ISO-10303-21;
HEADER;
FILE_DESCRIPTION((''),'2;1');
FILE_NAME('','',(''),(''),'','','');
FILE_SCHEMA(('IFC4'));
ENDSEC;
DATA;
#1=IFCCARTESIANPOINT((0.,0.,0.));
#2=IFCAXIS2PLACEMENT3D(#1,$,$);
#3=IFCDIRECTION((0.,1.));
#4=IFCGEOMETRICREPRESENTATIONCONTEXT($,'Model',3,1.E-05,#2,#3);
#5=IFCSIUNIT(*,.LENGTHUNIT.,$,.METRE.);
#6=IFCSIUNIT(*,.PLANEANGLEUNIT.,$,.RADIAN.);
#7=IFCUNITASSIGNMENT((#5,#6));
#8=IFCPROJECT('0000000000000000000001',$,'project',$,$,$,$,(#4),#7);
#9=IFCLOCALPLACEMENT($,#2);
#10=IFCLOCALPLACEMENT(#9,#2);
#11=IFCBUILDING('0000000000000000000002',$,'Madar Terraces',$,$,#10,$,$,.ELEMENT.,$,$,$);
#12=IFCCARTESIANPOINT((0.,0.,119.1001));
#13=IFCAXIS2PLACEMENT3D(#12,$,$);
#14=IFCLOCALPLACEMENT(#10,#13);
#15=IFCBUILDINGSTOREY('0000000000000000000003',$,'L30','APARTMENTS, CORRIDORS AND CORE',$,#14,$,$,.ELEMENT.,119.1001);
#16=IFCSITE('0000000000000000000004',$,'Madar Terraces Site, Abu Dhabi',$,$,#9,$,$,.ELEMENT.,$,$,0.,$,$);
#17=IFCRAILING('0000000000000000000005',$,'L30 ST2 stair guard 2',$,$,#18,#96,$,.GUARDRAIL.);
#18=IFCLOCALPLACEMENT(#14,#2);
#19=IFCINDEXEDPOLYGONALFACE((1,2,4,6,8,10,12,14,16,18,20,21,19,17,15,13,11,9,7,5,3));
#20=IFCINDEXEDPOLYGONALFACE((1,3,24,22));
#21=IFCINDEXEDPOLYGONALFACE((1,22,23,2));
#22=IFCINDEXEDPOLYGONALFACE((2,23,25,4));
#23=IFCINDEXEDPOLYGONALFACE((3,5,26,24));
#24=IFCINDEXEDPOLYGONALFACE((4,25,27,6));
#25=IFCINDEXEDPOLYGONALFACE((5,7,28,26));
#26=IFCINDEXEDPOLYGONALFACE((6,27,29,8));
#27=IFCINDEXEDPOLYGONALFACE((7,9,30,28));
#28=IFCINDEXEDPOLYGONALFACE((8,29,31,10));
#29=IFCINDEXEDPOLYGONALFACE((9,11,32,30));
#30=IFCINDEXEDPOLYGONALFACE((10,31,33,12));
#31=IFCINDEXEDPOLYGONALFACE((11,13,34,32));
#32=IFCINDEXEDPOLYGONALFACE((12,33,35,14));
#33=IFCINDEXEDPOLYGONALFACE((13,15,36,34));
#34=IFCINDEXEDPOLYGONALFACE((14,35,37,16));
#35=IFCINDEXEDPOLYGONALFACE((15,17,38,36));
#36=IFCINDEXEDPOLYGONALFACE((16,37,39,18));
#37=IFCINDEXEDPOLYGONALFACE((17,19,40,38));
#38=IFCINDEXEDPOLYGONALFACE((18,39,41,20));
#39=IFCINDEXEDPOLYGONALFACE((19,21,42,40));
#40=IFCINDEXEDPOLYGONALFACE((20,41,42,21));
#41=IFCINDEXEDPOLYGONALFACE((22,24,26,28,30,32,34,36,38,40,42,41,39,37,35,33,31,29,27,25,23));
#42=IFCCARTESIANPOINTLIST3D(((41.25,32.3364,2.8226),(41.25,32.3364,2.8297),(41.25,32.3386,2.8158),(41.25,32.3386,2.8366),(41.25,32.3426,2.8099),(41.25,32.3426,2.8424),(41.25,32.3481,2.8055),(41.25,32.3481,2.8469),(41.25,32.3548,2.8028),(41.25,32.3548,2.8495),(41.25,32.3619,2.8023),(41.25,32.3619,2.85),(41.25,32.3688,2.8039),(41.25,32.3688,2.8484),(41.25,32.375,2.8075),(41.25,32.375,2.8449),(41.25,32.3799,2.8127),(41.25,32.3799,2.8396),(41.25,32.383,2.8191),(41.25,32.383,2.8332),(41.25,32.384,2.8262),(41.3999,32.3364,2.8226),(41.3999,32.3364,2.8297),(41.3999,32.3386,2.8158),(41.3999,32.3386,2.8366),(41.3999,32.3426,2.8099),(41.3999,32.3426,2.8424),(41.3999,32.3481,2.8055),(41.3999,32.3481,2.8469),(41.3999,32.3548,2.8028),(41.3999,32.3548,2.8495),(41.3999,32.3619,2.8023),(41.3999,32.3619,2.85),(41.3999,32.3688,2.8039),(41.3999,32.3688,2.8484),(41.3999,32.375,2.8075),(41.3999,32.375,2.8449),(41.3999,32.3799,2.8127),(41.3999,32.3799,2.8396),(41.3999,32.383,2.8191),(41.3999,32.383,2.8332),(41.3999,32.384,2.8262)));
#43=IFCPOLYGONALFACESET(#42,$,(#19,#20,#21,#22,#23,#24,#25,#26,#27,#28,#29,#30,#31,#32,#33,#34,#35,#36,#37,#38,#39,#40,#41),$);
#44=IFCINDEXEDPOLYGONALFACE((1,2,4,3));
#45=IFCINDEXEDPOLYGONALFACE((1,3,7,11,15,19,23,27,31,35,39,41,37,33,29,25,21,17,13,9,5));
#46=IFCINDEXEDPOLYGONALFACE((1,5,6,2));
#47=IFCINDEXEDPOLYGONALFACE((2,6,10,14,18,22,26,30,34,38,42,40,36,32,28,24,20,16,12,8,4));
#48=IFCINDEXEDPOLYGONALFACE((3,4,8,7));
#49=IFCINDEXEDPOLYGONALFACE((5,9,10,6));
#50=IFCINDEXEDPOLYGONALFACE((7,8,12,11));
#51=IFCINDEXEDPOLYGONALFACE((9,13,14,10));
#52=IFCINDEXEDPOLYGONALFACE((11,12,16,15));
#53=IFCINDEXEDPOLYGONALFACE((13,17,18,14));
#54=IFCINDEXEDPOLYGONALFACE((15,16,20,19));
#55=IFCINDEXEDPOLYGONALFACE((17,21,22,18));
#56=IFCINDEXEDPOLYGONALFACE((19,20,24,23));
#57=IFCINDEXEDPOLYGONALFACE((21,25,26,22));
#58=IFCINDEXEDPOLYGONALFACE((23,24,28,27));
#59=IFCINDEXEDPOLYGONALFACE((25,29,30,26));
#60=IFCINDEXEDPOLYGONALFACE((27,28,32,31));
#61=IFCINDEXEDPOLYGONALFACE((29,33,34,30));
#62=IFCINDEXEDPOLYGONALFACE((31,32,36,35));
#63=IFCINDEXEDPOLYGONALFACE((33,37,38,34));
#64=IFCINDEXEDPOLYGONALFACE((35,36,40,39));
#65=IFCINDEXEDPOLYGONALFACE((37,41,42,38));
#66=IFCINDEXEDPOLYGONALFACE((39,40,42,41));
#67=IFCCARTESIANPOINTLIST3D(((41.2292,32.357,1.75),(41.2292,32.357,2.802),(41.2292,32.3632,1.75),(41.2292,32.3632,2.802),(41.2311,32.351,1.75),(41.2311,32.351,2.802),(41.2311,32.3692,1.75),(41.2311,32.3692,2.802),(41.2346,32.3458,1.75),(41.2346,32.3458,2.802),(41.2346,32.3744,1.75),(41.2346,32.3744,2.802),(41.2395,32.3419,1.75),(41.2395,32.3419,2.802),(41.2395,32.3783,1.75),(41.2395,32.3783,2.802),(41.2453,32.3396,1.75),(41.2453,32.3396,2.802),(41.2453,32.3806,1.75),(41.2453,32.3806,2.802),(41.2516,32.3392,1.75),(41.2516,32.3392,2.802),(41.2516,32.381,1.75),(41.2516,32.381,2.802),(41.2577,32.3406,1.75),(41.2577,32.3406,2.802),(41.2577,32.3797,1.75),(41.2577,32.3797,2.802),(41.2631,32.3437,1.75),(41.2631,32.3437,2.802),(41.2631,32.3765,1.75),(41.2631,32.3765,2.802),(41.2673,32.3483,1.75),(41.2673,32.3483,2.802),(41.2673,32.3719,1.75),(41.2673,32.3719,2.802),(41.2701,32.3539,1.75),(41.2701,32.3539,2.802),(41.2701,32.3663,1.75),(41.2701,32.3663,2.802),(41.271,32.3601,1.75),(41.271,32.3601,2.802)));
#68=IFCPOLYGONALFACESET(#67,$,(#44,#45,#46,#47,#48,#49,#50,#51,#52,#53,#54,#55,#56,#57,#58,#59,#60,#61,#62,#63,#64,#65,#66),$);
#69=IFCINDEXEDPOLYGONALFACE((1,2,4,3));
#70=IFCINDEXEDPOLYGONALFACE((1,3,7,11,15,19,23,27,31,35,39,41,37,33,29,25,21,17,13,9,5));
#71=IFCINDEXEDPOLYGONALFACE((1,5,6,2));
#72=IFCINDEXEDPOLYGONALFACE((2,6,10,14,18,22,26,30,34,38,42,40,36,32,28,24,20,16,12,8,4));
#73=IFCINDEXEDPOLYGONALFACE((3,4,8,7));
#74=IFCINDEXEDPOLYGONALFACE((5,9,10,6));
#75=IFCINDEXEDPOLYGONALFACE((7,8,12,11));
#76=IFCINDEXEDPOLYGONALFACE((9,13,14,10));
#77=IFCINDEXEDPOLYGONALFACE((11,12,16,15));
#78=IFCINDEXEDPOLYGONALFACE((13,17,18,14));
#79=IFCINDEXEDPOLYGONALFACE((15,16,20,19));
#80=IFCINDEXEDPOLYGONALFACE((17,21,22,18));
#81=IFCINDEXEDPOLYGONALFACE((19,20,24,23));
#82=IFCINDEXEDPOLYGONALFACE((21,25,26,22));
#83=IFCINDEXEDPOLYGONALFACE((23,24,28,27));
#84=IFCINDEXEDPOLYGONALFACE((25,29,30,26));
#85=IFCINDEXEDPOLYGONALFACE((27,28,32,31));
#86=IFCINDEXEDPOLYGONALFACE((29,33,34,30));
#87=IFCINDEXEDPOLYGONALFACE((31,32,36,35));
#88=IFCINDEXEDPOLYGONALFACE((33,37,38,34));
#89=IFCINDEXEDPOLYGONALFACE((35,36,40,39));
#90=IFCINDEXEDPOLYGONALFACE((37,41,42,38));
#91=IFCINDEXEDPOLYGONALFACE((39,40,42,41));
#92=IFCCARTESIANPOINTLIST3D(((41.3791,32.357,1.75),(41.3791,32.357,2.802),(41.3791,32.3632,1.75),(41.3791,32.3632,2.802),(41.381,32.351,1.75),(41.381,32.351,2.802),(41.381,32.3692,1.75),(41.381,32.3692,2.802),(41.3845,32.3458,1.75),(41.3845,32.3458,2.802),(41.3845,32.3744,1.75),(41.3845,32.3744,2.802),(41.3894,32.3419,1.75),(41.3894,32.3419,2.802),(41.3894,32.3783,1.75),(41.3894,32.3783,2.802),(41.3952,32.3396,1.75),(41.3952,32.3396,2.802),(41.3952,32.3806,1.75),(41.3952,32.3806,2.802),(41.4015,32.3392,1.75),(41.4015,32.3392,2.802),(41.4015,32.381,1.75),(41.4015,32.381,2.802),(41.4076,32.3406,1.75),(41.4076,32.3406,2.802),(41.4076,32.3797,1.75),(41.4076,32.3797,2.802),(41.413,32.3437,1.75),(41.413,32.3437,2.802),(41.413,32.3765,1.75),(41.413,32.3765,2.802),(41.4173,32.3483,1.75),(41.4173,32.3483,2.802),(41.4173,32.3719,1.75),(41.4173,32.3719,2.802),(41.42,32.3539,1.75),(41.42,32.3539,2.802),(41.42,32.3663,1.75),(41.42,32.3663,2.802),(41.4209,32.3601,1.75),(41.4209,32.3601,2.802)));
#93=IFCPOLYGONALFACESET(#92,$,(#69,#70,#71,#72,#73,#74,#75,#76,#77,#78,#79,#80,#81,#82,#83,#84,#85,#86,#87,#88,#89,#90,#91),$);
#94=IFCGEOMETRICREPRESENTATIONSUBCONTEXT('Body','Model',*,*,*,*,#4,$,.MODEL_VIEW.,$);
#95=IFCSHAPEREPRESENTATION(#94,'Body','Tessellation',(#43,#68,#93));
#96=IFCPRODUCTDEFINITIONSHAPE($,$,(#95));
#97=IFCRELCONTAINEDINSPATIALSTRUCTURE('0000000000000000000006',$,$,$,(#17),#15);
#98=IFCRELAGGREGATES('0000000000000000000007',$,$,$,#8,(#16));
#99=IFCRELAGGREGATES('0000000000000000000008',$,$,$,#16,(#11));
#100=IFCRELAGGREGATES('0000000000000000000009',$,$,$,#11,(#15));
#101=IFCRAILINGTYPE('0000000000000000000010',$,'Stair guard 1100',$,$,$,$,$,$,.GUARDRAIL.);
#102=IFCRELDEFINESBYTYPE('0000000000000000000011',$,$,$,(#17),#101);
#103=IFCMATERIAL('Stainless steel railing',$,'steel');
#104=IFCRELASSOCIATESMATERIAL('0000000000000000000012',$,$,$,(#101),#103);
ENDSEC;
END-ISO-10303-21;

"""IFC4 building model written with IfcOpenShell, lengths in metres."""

from ifc_helpers import new_model, si_unit, direction, frame, origin, origin_2d, place, context, subcontext, project, spatial, circle, extrude, material, type_object, element, save


model = new_model("IFC4")

# Units and contexts
model_context = context("Model", 3, precision=1e-05, world=origin(), true_north=direction((0.0, 1.0)))
body_context = subcontext(model_context, "Body", "Model", "MODEL_VIEW")
ifc_project = project(units=[si_unit("LENGTHUNIT", "METRE"), si_unit("PLANEANGLEUNIT", "RADIAN")], contexts=[model_context])

# Site, building, storey
site_placement = place(None, origin())
site = spatial("IfcSite", under=ifc_project, at=site_placement, Name="Madar Terraces Site, Abu Dhabi", CompositionType="ELEMENT", RefElevation=0.0)
building_placement = place(site_placement, origin())
building = spatial("IfcBuilding", under=site, at=building_placement, Name="Madar Terraces", CompositionType="ELEMENT")
storey_placement = place(building_placement, frame((0.0, 0.0, 119.1001)))
storey = spatial("IfcBuildingStorey", under=building, at=storey_placement, Name="L30", Description="APARTMENTS, CORRIDORS AND CORE", CompositionType="ELEMENT", Elevation=119.1001)

# Railing
ifc_material_1 = material(Name="Stainless steel railing", Category="steel")
railing_type_1 = type_object("IfcRailingType", Name="Stair guard 1100", PredefinedType="GUARDRAIL", material=ifc_material_1)
railing_1_placement = place(storey_placement, frame((41.25, 32.3601, 1.75)))
element("IfcRailing", 1, at=railing_1_placement, inside=storey, type_object=railing_type_1, Name="L30 ST2 stair guard 2", PredefinedType="GUARDRAIL", context=body_context, shape_type="SweptSolid", body=[
    extrude(circle(Radius=0.0239, at=origin_2d()), frame((0.0, 0.0, 1.0762), z_axis=(1.0, 0.0, 0.0), x_axis=(0.0, 1.0, 0.0)), (0.0, 0.0, 1.0), 0.1499),
    extrude(circle(Radius=0.021, at=origin_2d()), origin(), (0.0, 0.0, 1.0), 1.052),
    extrude(circle(Radius=0.021, at=origin_2d()), frame((0.1499, 0.0, 0.0)), (0.0, 0.0, 1.0), 1.052),
])

save(model, "model.ifc")
